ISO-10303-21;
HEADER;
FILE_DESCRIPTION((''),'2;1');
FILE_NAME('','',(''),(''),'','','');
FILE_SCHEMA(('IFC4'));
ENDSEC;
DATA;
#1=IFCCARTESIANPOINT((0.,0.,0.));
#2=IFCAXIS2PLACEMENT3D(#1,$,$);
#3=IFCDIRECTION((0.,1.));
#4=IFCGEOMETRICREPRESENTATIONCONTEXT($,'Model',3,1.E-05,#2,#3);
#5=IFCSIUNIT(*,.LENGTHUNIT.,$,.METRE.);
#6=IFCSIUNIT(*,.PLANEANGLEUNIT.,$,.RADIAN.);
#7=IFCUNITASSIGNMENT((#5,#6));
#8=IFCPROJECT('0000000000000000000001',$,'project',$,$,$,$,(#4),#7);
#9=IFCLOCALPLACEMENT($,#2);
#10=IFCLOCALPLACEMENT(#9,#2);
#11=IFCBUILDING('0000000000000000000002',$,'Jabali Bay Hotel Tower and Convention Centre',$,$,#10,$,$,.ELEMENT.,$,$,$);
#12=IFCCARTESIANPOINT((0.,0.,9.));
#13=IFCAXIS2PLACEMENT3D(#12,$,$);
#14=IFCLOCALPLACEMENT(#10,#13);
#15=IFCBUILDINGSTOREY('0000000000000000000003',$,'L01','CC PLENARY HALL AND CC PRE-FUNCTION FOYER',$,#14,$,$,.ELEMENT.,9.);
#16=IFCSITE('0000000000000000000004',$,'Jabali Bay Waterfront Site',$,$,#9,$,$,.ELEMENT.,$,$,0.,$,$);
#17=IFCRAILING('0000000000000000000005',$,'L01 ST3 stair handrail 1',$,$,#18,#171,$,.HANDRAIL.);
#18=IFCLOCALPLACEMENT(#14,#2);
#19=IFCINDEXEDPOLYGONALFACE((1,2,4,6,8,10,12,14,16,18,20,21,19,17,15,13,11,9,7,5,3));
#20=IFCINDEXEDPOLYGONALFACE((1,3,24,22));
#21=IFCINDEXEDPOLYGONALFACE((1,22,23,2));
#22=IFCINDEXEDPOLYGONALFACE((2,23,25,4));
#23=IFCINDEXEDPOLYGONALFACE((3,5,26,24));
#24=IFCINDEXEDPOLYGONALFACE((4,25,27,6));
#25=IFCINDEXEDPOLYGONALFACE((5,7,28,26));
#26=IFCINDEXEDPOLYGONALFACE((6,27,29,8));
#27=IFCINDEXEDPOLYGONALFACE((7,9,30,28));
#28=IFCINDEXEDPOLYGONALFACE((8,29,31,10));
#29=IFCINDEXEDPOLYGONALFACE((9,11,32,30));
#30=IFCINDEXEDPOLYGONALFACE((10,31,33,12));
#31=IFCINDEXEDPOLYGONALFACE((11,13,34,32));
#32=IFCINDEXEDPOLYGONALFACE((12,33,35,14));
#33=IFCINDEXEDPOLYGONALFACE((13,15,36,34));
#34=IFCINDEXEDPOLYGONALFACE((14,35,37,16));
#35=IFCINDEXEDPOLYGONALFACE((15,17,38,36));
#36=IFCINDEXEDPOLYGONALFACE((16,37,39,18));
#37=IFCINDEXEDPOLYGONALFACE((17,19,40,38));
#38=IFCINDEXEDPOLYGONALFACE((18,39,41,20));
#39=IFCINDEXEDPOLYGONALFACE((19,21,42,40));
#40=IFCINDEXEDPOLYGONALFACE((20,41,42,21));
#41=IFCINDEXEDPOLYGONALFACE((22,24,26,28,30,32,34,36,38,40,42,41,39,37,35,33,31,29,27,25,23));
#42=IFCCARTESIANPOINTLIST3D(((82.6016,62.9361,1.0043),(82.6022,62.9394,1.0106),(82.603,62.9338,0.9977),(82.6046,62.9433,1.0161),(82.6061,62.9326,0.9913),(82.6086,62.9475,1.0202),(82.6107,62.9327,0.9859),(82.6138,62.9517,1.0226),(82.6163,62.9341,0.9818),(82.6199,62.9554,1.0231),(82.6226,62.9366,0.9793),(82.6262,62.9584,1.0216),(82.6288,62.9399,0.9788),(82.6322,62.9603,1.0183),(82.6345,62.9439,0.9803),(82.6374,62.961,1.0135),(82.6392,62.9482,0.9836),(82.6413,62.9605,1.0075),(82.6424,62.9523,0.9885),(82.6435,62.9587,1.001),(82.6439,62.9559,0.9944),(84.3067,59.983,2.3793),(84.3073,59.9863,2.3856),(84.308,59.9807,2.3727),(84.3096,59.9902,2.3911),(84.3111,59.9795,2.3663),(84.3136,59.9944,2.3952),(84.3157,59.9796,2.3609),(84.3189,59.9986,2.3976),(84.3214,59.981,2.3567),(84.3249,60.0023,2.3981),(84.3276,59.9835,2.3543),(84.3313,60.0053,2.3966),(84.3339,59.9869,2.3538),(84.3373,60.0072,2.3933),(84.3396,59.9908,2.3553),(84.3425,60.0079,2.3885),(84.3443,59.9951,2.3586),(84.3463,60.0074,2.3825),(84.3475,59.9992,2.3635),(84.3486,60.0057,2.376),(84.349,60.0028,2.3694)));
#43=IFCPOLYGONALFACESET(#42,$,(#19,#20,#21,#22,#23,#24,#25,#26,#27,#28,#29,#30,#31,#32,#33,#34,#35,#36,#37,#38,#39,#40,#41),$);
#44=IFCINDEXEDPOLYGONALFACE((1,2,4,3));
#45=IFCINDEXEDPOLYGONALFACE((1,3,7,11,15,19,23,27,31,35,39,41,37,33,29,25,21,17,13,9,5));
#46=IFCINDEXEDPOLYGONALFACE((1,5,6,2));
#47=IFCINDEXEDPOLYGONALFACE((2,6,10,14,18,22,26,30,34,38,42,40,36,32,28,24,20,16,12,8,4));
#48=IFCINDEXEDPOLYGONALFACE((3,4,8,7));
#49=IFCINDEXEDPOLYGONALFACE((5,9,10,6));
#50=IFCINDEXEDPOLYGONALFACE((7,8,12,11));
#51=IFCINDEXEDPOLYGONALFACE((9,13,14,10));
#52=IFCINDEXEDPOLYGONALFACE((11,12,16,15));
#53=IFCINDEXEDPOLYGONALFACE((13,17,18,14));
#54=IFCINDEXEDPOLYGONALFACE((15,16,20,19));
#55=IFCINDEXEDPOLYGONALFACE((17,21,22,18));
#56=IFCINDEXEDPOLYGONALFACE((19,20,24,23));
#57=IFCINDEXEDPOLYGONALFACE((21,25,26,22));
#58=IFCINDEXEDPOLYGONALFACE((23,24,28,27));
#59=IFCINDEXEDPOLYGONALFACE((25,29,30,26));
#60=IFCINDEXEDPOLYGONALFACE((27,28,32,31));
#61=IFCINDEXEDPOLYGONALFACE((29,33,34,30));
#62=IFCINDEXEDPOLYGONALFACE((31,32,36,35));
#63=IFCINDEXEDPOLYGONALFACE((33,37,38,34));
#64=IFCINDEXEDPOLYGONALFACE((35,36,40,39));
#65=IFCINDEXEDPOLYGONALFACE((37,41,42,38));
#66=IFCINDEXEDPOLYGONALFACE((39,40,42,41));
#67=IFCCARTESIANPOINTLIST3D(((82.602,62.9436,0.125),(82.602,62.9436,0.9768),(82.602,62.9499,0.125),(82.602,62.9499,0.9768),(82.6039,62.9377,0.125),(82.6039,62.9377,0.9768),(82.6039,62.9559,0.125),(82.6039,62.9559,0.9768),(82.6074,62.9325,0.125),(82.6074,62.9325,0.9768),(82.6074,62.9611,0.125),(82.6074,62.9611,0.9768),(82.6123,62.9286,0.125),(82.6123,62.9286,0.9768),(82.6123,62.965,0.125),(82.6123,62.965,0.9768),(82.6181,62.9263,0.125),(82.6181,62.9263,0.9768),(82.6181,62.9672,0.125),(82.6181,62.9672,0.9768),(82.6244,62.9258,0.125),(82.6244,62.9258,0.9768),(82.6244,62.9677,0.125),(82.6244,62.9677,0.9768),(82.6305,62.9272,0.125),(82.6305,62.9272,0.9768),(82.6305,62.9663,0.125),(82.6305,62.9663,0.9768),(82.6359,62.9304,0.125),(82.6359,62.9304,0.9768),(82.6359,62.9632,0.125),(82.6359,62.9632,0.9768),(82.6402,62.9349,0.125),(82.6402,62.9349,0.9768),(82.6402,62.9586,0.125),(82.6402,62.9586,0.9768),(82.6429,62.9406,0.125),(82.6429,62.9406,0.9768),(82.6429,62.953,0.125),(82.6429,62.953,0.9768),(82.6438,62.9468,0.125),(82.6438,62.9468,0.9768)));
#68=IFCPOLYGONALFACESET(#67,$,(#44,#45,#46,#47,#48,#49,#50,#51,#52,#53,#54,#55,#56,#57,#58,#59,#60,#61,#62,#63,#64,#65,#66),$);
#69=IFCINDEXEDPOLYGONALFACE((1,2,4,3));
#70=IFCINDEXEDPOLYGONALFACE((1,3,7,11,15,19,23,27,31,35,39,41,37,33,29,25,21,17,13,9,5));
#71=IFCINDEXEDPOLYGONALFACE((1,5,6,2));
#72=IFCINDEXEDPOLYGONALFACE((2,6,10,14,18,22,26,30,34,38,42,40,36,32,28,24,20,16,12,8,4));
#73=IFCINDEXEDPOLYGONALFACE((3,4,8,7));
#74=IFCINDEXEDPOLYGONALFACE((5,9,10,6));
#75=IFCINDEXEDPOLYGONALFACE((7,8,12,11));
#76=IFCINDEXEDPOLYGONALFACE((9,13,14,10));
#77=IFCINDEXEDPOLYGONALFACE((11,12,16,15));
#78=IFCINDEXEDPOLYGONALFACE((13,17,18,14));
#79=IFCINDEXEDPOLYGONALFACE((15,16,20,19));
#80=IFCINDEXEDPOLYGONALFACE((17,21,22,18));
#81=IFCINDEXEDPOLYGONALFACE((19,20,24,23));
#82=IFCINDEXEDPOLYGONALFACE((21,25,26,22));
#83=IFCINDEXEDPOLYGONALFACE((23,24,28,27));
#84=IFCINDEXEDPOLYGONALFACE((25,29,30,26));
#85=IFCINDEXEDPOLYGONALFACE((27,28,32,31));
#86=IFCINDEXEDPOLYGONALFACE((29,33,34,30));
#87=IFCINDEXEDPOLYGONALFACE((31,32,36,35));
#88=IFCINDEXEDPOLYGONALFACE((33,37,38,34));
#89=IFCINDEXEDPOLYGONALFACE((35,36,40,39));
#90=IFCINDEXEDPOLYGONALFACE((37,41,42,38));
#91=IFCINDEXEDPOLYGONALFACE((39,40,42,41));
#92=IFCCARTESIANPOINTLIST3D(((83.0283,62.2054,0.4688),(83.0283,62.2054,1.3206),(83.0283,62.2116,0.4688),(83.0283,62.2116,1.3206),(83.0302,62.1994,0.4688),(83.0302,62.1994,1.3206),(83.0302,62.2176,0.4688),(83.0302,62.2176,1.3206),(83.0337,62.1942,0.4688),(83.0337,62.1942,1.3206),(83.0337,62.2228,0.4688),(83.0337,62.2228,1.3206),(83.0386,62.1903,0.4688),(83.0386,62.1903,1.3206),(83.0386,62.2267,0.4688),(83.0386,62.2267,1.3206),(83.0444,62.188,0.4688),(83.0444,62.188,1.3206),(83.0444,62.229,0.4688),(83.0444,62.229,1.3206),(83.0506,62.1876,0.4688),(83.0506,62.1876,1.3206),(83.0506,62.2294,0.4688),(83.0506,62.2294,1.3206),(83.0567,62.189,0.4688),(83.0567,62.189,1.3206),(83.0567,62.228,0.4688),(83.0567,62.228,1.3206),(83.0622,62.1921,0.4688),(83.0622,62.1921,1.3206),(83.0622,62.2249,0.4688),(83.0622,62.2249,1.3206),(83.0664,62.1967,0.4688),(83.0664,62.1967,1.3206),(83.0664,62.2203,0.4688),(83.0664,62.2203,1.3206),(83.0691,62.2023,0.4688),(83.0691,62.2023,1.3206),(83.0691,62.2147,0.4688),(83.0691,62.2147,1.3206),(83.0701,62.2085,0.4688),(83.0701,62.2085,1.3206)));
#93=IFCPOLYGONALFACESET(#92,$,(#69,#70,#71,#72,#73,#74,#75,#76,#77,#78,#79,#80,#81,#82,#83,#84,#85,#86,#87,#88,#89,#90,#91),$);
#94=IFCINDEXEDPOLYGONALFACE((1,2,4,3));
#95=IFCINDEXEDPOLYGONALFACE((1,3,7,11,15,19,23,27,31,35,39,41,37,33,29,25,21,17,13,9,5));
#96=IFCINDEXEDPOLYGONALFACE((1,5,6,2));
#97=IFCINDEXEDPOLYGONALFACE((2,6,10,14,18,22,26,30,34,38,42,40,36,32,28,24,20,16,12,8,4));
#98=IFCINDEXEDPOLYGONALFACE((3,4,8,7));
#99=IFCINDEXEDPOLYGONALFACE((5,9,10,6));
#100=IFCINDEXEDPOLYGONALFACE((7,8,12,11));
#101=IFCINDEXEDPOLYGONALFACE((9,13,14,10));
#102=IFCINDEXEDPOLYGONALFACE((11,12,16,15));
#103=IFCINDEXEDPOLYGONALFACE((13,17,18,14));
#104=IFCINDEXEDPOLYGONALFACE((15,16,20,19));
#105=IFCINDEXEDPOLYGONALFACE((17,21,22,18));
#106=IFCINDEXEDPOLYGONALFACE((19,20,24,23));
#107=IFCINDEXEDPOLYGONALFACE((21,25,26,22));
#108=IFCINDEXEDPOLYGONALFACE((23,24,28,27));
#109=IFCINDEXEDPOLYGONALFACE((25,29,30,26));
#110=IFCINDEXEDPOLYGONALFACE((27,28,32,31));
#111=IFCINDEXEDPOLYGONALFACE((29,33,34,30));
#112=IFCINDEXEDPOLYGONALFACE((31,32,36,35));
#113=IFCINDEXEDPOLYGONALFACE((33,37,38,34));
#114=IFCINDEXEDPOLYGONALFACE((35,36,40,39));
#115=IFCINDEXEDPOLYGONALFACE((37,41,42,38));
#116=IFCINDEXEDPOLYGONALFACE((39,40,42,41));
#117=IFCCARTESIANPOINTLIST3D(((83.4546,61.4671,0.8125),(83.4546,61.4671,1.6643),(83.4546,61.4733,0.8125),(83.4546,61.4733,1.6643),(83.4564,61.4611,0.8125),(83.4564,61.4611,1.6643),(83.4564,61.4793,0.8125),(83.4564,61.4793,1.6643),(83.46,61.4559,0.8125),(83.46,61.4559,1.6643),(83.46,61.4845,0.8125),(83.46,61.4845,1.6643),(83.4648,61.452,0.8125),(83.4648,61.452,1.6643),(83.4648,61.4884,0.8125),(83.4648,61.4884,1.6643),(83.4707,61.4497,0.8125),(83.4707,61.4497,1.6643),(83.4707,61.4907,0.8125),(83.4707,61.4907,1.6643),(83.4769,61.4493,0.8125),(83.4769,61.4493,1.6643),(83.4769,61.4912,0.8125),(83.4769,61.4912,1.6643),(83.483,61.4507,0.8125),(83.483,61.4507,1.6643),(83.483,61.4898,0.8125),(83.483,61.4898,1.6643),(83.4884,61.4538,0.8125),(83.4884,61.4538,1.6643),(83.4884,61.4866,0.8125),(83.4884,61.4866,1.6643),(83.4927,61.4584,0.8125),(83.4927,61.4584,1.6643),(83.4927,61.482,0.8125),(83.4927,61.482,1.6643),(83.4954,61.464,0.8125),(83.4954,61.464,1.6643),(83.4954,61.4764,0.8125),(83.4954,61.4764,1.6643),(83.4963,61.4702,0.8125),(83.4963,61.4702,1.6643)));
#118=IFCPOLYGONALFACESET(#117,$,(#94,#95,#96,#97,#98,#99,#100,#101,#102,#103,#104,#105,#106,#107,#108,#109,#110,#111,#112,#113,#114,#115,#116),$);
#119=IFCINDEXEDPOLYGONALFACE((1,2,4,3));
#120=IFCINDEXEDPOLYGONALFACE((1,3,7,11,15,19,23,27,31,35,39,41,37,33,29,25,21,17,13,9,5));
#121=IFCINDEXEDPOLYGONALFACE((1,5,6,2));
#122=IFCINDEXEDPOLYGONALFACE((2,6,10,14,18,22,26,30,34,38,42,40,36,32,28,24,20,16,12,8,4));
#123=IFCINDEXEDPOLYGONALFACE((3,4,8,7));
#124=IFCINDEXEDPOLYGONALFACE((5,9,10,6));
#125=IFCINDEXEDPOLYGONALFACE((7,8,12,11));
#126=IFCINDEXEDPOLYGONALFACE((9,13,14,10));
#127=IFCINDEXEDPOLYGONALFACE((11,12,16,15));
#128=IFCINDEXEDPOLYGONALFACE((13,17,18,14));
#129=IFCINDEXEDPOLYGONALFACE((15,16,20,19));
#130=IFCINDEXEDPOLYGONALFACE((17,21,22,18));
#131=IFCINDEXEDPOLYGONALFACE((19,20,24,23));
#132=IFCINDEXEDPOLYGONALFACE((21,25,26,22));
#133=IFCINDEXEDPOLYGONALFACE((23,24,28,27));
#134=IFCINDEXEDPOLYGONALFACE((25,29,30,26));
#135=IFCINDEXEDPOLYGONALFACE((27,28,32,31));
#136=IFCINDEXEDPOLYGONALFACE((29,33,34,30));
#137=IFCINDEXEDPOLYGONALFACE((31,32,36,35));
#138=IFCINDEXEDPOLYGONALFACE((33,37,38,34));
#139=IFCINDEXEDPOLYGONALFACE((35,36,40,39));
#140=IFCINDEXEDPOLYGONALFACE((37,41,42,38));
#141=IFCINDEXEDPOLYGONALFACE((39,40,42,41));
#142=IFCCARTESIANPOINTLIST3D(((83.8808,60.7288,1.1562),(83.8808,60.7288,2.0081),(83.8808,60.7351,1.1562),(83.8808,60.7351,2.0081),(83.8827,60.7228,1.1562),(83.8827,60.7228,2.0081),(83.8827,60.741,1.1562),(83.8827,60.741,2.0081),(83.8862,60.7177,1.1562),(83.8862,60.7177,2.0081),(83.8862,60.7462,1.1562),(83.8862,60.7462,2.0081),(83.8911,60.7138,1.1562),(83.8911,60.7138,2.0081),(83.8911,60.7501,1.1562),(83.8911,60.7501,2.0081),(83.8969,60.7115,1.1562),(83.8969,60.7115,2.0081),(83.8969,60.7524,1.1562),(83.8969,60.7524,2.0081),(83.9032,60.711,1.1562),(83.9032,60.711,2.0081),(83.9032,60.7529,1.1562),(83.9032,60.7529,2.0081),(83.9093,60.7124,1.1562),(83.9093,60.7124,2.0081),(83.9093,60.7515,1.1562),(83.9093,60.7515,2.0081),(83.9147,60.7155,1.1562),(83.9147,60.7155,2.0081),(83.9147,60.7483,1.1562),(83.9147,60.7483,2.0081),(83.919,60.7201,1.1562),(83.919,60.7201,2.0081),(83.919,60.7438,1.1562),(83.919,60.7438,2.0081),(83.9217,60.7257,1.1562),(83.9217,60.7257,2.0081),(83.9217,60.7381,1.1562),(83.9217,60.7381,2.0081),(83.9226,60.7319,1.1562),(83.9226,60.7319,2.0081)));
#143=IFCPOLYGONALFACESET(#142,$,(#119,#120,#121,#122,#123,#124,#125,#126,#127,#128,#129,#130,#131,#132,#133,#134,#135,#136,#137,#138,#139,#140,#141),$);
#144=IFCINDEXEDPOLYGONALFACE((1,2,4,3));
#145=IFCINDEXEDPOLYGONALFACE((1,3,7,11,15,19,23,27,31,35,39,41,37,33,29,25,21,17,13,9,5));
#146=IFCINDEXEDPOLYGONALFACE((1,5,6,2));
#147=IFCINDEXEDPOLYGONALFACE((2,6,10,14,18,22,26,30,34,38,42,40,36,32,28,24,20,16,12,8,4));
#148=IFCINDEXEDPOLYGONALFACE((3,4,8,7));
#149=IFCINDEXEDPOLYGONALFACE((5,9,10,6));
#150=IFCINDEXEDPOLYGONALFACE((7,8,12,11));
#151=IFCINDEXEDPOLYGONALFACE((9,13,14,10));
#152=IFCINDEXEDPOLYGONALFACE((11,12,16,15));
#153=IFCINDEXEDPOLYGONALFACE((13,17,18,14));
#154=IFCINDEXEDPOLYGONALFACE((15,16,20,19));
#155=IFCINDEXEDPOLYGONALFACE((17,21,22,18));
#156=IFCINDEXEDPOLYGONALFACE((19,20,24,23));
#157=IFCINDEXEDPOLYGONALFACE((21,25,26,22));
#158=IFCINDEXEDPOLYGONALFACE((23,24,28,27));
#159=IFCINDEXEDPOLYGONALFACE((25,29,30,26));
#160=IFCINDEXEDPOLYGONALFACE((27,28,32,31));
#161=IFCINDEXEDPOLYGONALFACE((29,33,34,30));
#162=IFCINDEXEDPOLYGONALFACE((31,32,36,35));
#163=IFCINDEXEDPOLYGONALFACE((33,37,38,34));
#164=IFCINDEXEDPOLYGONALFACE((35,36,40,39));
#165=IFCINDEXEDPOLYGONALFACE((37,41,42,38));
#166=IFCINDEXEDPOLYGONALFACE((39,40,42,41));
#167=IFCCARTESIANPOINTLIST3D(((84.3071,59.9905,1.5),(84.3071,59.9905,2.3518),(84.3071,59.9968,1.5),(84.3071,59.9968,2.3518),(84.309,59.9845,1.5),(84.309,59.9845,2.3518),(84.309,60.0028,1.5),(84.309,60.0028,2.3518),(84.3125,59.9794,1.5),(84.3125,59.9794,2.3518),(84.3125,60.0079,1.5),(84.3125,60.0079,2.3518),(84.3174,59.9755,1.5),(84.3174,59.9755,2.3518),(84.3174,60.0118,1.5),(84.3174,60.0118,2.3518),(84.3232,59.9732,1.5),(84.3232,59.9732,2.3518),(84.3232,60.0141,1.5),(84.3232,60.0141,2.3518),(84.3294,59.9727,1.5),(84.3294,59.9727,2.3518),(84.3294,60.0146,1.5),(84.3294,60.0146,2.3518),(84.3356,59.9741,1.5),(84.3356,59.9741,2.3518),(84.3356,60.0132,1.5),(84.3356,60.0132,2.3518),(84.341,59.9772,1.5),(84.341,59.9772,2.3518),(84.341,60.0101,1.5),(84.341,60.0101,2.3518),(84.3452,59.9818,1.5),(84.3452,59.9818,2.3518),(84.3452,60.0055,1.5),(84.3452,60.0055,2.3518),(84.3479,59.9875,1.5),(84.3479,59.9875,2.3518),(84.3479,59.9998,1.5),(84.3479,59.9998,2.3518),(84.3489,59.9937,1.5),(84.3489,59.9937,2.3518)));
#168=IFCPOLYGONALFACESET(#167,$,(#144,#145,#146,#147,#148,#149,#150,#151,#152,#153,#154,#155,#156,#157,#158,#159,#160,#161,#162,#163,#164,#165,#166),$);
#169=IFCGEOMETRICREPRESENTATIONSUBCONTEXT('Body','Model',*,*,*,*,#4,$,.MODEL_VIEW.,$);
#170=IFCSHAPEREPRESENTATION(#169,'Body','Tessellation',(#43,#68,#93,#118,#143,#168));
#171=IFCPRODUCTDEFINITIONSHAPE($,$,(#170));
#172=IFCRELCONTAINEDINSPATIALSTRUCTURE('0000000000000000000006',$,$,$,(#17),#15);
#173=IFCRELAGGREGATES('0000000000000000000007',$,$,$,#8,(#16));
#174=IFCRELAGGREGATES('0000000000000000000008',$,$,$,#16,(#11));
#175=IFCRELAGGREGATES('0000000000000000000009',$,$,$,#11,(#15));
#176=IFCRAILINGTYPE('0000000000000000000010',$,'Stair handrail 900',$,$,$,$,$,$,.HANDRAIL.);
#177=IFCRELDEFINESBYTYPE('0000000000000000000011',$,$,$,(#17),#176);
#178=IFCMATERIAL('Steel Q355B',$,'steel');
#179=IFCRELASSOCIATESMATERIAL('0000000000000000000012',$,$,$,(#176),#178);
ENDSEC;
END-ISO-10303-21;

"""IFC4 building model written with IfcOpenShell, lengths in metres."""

from ifc_helpers import new_model, si_unit, direction, frame, origin, origin_2d, place, context, subcontext, project, spatial, circle, extrude, material, type_object, element, save


model = new_model("IFC4")

# Units and contexts
model_context = context("Model", 3, precision=1e-05, world=origin(), true_north=direction((0.0, 1.0)))
body_context = subcontext(model_context, "Body", "Model", "MODEL_VIEW")
ifc_project = project(units=[si_unit("LENGTHUNIT", "METRE"), si_unit("PLANEANGLEUNIT", "RADIAN")], contexts=[model_context])

# Site, building, storey
site_placement = place(None, origin())
site = spatial("IfcSite", under=ifc_project, at=site_placement, Name="Jabali Bay Waterfront Site", CompositionType="ELEMENT", RefElevation=0.0)
building_placement = place(site_placement, origin())
building = spatial("IfcBuilding", under=site, at=building_placement, Name="Jabali Bay Hotel Tower and Convention Centre", CompositionType="ELEMENT")
storey_placement = place(building_placement, frame((0.0, 0.0, 9.0)))
storey = spatial("IfcBuildingStorey", under=building, at=storey_placement, Name="L01", Description="CC PLENARY HALL AND CC PRE-FUNCTION FOYER", CompositionType="ELEMENT", Elevation=9.0)

# Railing
ifc_material_1 = material(Name="Steel Q355B", Category="steel")
railing_type_1 = type_object("IfcRailingType", Name="Stair handrail 900", PredefinedType="HANDRAIL", material=ifc_material_1)
for number, where, name in (
    (1, (82.6228, 62.9468, 0.125), "L01 ST3 stair handrail 1"),
):
    element("IfcRailing", number, at=place(storey_placement, frame(where)), inside=storey, type_object=railing_type_1, Name=name, PredefinedType="HANDRAIL", context=body_context, shape_type="SweptSolid", body=[
        extrude(circle(Radius=0.0239, at=origin_2d()), frame((0.0, 0.0, 0.876), z_axis=(0.46374, -0.803178, 0.373966), x_axis=(0.866014, 0.50002, 0.0)), (0.0, 0.0, 1.0), 3.6768),
        extrude(circle(Radius=0.021, at=origin_2d()), origin(), (0.0, 0.0, 1.0), 0.8518),
        extrude(circle(Radius=0.021, at=origin_2d()), frame((0.4263, -0.7383, 0.3438)), (0.0, 0.0, 1.0), 0.8518),
        extrude(circle(Radius=0.021, at=origin_2d()), frame((0.8525, -1.4766, 0.6875)), (0.0, 0.0, 1.0), 0.8518),
        extrude(circle(Radius=0.021, at=origin_2d()), frame((1.2788, -2.2148, 1.0312)), (0.0, 0.0, 1.0), 0.8518),
        extrude(circle(Radius=0.021, at=origin_2d()), frame((1.7051, -2.9531, 1.375)), (0.0, 0.0, 1.0), 0.8518),
    ])

save(model, "model.ifc")
